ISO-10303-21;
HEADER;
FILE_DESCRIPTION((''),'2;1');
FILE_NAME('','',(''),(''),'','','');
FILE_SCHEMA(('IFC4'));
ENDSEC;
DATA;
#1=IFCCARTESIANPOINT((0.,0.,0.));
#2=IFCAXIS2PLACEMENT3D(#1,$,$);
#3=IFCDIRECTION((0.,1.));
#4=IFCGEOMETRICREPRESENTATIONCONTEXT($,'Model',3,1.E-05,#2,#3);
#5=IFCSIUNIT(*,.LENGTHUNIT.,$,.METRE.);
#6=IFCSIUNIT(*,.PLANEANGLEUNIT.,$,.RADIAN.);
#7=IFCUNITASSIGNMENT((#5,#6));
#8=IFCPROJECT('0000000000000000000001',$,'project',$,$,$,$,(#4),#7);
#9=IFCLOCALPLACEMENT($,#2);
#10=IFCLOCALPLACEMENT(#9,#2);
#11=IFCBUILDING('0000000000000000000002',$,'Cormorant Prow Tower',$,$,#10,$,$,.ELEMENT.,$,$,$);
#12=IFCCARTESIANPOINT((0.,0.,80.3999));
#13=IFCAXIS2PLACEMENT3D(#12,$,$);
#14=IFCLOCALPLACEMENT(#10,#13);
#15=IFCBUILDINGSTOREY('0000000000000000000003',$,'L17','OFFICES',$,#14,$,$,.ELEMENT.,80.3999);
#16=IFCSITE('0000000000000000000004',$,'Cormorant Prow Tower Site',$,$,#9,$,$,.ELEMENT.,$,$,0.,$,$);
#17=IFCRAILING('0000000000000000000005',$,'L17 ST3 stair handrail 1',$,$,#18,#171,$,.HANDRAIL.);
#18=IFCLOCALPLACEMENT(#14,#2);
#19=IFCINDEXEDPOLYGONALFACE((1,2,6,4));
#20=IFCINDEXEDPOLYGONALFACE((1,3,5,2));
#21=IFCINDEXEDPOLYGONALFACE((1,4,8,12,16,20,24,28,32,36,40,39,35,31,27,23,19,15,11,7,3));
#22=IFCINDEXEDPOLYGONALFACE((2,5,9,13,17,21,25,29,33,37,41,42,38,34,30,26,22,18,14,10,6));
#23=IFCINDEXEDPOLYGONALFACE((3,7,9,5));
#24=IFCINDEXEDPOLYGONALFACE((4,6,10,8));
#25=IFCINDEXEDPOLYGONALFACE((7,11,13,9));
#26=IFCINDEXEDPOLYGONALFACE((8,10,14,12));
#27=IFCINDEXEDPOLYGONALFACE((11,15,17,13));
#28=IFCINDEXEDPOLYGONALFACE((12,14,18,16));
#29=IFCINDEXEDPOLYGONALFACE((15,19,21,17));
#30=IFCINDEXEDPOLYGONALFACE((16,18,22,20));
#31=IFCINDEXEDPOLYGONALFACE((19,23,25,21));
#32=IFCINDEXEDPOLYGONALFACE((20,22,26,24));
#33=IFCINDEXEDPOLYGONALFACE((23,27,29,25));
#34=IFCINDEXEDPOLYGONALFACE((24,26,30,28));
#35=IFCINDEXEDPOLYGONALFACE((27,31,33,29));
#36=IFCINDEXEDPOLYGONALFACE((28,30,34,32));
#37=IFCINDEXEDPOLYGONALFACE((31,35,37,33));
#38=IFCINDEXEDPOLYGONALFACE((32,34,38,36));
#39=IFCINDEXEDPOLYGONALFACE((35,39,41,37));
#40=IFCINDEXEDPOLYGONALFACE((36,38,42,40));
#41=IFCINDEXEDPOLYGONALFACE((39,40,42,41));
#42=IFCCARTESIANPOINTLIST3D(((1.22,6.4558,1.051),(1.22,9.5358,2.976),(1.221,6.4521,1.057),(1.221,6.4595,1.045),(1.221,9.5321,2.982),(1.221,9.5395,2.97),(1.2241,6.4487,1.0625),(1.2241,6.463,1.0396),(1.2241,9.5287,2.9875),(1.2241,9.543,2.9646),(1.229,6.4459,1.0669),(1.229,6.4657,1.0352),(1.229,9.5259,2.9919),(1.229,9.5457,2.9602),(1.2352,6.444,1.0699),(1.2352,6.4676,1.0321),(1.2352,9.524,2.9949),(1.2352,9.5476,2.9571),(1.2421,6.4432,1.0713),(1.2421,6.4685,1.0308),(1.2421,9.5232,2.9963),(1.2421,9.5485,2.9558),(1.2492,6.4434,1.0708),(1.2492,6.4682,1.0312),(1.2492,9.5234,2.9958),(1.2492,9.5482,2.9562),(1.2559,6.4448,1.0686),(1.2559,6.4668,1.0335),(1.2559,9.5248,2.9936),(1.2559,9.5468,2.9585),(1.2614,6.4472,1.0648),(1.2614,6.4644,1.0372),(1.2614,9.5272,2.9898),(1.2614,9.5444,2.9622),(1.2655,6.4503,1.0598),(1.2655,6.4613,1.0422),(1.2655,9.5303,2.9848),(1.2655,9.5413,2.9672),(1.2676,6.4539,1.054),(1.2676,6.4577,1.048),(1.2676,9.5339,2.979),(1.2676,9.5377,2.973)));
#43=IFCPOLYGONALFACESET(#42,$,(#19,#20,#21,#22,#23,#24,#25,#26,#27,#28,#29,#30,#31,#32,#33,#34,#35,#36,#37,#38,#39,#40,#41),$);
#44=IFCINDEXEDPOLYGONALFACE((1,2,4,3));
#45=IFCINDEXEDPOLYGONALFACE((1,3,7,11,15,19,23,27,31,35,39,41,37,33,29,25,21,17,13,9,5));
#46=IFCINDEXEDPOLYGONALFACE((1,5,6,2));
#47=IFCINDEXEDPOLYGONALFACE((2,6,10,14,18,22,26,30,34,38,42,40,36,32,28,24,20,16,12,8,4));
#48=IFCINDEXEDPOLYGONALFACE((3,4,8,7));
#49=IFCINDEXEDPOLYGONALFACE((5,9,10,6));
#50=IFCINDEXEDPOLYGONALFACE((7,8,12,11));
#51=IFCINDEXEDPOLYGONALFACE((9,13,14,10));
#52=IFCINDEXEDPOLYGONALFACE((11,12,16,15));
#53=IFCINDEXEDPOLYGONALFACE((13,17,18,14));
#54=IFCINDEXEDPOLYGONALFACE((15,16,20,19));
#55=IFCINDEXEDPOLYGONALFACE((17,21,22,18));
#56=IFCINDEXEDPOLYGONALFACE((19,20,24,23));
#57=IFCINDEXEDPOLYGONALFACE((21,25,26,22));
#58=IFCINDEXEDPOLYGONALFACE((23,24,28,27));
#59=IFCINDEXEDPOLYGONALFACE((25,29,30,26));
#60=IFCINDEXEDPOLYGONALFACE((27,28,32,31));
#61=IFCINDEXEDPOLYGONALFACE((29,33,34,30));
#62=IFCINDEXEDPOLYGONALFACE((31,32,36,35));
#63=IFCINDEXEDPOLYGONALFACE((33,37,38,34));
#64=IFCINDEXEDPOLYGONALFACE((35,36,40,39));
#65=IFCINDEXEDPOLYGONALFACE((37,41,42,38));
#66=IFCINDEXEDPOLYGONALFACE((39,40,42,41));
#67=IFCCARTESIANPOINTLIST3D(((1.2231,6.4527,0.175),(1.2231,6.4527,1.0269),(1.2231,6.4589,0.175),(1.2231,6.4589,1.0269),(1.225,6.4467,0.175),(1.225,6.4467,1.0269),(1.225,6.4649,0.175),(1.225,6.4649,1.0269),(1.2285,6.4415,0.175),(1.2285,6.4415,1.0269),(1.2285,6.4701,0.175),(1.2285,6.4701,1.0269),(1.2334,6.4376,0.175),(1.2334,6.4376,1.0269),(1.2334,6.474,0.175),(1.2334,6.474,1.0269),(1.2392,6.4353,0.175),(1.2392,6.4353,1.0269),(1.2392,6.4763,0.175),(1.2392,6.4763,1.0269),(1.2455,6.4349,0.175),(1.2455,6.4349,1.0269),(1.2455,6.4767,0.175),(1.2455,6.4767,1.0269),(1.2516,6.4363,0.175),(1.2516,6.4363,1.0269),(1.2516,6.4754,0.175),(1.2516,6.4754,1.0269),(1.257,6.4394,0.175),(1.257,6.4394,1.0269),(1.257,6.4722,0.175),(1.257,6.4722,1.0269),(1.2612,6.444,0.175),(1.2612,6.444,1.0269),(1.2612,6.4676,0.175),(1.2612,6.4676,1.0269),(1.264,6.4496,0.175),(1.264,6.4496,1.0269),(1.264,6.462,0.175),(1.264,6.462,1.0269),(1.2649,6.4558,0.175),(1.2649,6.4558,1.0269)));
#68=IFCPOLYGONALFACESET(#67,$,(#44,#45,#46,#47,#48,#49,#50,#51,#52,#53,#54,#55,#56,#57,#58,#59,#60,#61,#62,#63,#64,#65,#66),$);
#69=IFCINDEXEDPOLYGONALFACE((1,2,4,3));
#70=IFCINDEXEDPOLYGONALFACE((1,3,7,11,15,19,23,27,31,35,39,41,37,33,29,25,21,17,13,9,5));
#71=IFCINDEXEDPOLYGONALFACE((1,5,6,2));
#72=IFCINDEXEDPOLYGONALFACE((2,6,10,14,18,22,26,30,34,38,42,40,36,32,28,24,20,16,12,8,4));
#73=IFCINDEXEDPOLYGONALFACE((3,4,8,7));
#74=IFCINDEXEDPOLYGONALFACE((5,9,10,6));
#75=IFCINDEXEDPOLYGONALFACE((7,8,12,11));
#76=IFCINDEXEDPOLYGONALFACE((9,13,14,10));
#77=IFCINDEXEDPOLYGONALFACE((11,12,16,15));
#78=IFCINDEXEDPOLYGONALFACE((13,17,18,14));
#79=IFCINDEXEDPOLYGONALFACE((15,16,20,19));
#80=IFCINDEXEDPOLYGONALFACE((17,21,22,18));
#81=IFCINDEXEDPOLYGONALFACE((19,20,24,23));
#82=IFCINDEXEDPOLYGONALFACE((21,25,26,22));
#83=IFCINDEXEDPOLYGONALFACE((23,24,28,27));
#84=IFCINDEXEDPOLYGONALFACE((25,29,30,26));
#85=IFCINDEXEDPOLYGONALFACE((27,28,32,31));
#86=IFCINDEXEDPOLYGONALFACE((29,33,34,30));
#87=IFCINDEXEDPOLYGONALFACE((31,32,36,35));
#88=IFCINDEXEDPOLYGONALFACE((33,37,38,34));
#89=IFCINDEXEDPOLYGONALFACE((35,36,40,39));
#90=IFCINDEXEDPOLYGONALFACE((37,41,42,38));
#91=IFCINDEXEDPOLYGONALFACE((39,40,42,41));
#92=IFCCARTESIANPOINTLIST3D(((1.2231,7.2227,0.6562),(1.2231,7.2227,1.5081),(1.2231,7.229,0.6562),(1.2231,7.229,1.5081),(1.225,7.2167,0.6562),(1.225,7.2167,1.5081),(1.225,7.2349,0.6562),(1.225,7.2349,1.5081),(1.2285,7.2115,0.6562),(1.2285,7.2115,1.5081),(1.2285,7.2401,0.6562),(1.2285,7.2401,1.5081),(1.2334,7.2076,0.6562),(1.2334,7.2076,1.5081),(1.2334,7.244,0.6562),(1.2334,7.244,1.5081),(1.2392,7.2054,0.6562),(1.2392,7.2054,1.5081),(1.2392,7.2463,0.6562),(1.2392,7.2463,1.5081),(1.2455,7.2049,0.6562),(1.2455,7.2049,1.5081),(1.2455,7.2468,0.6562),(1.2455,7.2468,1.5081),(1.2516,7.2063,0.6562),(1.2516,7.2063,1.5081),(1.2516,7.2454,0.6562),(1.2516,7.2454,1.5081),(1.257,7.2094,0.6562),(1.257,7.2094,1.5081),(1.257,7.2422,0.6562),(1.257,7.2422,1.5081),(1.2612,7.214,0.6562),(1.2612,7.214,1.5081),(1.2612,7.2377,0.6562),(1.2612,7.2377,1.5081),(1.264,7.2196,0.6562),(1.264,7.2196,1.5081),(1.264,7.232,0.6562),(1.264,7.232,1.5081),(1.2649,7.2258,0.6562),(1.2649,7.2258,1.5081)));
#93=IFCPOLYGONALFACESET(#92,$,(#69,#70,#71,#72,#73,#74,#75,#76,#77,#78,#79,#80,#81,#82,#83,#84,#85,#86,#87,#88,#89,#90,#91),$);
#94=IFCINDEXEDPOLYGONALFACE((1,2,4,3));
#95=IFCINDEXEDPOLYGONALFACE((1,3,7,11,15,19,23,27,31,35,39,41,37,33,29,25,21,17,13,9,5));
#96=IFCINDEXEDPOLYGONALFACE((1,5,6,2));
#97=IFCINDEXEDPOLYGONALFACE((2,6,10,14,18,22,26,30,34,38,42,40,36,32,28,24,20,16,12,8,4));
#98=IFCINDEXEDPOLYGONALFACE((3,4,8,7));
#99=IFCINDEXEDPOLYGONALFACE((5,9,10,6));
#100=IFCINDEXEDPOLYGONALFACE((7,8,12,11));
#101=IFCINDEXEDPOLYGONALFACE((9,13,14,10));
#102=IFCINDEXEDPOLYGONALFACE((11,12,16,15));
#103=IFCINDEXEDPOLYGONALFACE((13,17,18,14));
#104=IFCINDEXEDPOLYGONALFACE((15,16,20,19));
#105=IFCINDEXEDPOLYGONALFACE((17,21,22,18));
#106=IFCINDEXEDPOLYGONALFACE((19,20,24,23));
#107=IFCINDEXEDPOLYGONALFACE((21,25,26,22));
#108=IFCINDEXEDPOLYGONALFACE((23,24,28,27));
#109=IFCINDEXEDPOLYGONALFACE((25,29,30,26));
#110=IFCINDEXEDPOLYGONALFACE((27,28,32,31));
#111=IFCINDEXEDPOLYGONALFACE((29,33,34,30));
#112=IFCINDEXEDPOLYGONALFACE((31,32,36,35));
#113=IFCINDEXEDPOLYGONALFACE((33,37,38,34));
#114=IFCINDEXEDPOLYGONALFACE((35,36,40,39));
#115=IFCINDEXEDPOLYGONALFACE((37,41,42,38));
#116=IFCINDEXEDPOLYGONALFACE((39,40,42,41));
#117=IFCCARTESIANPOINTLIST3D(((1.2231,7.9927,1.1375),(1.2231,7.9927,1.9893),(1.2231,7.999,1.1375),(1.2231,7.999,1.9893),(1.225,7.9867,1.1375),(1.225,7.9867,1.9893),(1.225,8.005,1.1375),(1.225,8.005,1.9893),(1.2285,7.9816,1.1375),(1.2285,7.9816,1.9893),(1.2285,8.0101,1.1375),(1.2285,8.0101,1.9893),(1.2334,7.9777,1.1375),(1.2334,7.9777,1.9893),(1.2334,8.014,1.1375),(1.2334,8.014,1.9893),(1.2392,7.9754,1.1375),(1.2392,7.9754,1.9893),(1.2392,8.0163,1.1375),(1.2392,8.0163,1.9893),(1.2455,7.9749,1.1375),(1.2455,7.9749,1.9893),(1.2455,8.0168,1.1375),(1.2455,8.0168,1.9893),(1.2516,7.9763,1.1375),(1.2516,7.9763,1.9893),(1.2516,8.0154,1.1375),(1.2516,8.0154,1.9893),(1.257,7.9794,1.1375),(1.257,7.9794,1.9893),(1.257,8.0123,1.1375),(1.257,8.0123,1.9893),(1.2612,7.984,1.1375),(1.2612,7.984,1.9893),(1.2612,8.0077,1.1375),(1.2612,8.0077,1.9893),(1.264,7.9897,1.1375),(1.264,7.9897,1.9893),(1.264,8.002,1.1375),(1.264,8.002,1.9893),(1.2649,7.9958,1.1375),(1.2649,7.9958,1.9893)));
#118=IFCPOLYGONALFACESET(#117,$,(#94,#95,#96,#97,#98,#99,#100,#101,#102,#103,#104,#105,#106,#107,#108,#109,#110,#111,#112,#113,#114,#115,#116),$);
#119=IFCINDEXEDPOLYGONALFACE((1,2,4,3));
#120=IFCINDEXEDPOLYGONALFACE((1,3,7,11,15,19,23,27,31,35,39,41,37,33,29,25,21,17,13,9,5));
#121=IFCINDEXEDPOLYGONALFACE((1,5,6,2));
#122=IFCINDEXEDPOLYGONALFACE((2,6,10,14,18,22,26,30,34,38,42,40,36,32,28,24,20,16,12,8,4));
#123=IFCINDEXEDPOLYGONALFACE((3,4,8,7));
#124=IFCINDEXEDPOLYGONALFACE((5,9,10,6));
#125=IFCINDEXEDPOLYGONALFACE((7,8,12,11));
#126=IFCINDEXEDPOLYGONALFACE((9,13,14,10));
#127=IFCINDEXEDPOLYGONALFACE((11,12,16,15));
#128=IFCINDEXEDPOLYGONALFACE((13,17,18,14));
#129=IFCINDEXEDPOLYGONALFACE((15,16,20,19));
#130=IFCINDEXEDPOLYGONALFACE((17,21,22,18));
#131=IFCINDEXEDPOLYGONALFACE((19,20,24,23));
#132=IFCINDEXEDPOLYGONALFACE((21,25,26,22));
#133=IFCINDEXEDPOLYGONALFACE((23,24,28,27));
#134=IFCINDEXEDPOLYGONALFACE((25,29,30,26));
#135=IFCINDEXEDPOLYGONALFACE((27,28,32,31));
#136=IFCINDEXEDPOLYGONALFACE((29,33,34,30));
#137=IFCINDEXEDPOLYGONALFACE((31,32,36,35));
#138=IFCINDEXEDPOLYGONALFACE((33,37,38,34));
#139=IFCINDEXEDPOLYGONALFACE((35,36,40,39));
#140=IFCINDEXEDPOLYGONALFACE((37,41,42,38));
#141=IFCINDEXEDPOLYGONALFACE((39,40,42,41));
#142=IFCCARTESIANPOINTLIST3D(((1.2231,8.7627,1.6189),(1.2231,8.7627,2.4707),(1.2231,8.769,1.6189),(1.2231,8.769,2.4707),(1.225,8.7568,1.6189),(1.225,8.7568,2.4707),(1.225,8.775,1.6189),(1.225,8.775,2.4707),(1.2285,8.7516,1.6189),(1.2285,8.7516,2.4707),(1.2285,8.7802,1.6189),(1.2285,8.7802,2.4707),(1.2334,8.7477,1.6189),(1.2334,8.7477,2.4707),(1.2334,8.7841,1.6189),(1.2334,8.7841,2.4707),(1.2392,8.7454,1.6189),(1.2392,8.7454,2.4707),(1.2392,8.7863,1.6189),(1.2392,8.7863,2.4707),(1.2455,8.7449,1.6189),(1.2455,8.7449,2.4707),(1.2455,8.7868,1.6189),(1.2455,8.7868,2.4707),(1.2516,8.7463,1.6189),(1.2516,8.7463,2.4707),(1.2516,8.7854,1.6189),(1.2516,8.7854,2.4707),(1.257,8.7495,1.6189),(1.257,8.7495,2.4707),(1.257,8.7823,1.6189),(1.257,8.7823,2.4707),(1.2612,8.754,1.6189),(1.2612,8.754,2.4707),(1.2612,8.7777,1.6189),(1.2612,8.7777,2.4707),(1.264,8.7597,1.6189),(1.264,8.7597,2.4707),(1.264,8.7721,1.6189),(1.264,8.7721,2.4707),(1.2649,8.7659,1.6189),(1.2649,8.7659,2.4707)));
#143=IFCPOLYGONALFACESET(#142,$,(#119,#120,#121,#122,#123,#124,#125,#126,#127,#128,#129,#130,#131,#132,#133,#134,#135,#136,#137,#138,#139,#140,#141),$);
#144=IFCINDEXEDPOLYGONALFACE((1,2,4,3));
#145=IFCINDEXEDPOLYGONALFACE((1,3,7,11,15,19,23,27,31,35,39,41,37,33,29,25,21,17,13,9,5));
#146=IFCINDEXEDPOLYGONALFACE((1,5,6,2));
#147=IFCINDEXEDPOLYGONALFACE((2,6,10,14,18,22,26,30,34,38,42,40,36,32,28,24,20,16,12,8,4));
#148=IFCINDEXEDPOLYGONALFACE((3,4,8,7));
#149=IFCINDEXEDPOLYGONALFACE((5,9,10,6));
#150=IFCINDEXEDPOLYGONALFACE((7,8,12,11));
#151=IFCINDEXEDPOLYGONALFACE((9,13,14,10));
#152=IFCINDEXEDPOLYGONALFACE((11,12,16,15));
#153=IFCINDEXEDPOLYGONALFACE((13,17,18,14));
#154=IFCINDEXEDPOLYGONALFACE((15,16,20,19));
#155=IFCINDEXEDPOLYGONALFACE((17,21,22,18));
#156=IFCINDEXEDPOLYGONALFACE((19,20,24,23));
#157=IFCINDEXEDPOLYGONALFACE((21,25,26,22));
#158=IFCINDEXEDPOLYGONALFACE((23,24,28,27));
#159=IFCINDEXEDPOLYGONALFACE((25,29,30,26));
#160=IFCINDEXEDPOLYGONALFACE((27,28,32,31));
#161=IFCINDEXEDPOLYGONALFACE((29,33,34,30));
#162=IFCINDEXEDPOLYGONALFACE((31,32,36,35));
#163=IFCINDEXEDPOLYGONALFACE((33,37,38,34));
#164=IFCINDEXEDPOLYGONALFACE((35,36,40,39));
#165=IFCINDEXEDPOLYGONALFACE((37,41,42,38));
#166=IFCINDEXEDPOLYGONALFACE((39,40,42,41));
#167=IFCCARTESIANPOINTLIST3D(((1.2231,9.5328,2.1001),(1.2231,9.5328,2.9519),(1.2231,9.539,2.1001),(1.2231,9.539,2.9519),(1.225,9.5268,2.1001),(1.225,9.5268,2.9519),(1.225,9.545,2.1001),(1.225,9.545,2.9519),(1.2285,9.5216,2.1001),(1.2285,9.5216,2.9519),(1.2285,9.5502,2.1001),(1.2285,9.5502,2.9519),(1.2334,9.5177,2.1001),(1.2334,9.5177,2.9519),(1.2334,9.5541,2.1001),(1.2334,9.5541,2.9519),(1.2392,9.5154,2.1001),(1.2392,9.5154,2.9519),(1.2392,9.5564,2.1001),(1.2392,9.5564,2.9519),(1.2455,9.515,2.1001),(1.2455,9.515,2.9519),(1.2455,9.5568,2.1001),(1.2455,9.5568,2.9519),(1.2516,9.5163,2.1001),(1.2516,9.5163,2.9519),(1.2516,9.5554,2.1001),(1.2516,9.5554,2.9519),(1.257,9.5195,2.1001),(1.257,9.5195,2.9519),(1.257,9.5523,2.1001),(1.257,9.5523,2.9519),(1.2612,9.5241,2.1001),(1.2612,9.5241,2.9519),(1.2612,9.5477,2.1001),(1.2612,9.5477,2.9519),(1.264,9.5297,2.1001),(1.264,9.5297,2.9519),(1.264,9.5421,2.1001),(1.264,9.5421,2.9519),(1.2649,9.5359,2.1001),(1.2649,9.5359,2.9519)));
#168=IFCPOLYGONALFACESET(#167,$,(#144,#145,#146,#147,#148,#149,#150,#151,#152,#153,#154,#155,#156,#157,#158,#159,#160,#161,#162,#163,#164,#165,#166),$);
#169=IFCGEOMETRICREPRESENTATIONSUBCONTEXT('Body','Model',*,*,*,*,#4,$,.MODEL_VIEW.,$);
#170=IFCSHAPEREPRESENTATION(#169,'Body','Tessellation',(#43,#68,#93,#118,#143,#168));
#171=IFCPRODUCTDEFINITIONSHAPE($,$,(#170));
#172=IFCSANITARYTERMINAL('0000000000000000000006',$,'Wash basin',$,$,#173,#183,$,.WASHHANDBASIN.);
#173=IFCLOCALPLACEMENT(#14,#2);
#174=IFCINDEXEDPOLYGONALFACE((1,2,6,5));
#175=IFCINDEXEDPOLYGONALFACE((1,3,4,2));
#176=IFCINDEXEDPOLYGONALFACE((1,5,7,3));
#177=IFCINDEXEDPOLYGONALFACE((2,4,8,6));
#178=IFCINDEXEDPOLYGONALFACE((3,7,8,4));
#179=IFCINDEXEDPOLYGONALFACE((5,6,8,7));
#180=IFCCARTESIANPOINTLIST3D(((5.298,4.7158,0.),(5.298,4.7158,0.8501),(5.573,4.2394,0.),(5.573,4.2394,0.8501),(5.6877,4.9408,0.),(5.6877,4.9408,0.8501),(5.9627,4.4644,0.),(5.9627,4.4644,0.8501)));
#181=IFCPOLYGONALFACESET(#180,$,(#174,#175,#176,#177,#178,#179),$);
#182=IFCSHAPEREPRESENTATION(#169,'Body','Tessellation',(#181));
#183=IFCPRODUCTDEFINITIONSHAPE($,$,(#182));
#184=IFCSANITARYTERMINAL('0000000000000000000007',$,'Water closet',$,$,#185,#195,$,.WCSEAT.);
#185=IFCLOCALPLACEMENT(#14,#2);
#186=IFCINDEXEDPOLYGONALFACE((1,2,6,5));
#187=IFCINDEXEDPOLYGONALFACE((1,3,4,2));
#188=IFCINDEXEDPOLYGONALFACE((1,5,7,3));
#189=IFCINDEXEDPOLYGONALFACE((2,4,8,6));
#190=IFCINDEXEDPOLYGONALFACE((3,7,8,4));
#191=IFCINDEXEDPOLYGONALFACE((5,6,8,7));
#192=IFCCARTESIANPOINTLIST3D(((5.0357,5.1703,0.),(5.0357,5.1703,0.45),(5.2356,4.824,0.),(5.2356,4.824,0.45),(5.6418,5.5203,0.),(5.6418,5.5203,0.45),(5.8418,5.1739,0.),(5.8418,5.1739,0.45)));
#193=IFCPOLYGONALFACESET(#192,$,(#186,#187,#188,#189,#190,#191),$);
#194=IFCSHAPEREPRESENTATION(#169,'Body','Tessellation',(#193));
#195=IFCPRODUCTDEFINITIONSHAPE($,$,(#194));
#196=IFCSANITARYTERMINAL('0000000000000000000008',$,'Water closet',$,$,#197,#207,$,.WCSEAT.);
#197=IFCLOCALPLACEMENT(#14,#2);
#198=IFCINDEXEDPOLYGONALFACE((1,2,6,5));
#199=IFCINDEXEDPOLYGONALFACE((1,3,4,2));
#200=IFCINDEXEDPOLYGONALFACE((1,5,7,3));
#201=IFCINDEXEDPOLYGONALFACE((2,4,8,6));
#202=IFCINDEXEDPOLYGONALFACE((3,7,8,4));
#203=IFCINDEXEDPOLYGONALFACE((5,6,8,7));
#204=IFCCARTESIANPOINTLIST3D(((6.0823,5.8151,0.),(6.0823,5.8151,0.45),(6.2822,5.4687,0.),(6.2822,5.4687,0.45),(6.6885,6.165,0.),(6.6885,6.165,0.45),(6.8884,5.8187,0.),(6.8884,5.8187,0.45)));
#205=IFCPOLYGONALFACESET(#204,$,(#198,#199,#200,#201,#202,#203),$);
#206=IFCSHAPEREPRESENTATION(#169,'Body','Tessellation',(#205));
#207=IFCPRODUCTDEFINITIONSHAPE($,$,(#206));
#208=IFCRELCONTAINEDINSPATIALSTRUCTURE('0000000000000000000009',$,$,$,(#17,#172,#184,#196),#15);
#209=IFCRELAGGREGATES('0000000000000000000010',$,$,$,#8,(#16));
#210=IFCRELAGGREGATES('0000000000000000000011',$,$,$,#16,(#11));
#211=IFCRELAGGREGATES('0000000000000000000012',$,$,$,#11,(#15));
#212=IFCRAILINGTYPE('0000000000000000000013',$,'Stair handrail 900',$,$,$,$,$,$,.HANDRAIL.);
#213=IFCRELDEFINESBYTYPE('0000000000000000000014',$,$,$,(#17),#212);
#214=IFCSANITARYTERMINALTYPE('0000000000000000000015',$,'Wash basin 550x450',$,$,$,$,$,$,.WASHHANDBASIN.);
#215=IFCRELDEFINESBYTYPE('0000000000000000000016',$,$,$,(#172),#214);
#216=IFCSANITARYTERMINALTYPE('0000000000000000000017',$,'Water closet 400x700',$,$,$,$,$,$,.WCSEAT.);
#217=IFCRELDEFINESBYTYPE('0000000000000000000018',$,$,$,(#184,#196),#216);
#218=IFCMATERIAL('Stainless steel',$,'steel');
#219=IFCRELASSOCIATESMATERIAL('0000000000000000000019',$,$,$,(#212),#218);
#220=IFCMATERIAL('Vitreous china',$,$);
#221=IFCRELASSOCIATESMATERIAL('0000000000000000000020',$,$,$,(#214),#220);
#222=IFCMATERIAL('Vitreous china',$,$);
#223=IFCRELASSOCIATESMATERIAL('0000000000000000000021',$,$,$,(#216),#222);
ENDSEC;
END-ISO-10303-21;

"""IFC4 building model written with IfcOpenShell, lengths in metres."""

from ifc_helpers import new_model, si_unit, direction, frame, origin, origin_2d, place, context, subcontext, project, spatial, rectangle, circle, extrude, material, type_object, element, save


model = new_model("IFC4")

# Units and contexts
model_context = context("Model", 3, precision=1e-05, world=origin(), true_north=direction((0.0, 1.0)))
body_context = subcontext(model_context, "Body", "Model", "MODEL_VIEW")
ifc_project = project(units=[si_unit("LENGTHUNIT", "METRE"), si_unit("PLANEANGLEUNIT", "RADIAN")], contexts=[model_context])

# Site, building, storey
site_placement = place(None, origin())
site = spatial("IfcSite", under=ifc_project, at=site_placement, Name="Cormorant Prow Tower Site", CompositionType="ELEMENT", RefElevation=0.0)
building_placement = place(site_placement, origin())
building = spatial("IfcBuilding", under=site, at=building_placement, Name="Cormorant Prow Tower", CompositionType="ELEMENT")
storey_placement = place(building_placement, frame((0.0, 0.0, 80.3999)))
storey = spatial("IfcBuildingStorey", under=building, at=storey_placement, Name="L17", Description="OFFICES", CompositionType="ELEMENT", Elevation=80.3999)

# Railing
ifc_material_1 = material(Name="Stainless steel", Category="steel")
railing_type_1 = type_object("IfcRailingType", Name="Stair handrail 900", PredefinedType="HANDRAIL", material=ifc_material_1)
railing_1_placement = place(storey_placement, frame((1.2439, 6.4558, 0.175)))
element("IfcRailing", 1, at=railing_1_placement, inside=storey, type_object=railing_type_1, Name="L17 ST3 stair handrail 1", PredefinedType="HANDRAIL", context=body_context, shape_type="SweptSolid", body=[
    extrude(circle(Radius=0.0239, at=origin_2d()), frame((0.0, 0.0, 0.876), z_axis=(0.0, 0.847998, 0.529999), x_axis=(-1.0, 0.0, 0.0)), (0.0, 0.0, 1.0), 3.6321),
    extrude(circle(Radius=0.021, at=origin_2d()), origin(), (0.0, 0.0, 1.0), 0.8518),
    extrude(circle(Radius=0.021, at=origin_2d()), frame((0.0, 0.77, 0.4812)), (0.0, 0.0, 1.0), 0.8518),
    extrude(circle(Radius=0.021, at=origin_2d()), frame((0.0, 1.54, 0.9624)), (0.0, 0.0, 1.0), 0.8518),
    extrude(circle(Radius=0.021, at=origin_2d()), frame((0.0, 2.3101, 1.4438)), (0.0, 0.0, 1.0), 0.8518),
    extrude(circle(Radius=0.021, at=origin_2d()), frame((0.0, 3.0801, 1.925)), (0.0, 0.0, 1.0), 0.8518),
])

# Sanitary terminals
ifc_material_2 = material(Name="Vitreous china")
sanitary_terminal_type_1 = type_object("IfcSanitaryTerminalType", Name="Wash basin 550x450", PredefinedType="WASHHANDBASIN", material=ifc_material_2)
sanitary_terminal_placement = place(storey_placement, frame((5.6304, 4.5901, 0.0), z_axis=(0.0, 0.0, 1.0), x_axis=(0.5, -0.866025, 0.0)))
element("IfcSanitaryTerminal", 2, at=sanitary_terminal_placement, inside=storey, type_object=sanitary_terminal_type_1, Name="Wash basin", PredefinedType="WASHHANDBASIN", context=body_context, shape_type="SweptSolid", body=[
    extrude(rectangle(XDim=0.55, YDim=0.45, at=origin_2d()), origin(), (0.0, 0.0, 1.0), 0.8501),
])
ifc_material_3 = material(Name="Vitreous china")
sanitary_terminal_type_2 = type_object("IfcSanitaryTerminalType", Name="Water closet 400x700", PredefinedType="WCSEAT", material=ifc_material_3)
for number, where, z_axis, x_axis, name in (
    (3, (5.4387, 5.1721, 0.0), (0.0, 0.0, 1.0), (0.5, -0.866025, 0.0), "Water closet"),
    (4, (6.4854, 5.8169, 0.0), (0.0, 0.0, 1.0), (-0.5, 0.866025, 0.0), "Water closet"),
):
    element("IfcSanitaryTerminal", number, at=place(storey_placement, frame(where, z_axis=z_axis, x_axis=x_axis)), inside=storey, type_object=sanitary_terminal_type_2, Name=name, PredefinedType="WCSEAT", context=body_context, shape_type="SweptSolid", body=[
        extrude(rectangle(XDim=0.3999, YDim=0.7, at=origin_2d()), origin(), (0.0, 0.0, 1.0), 0.45),
    ])

save(model, "model.ifc")
